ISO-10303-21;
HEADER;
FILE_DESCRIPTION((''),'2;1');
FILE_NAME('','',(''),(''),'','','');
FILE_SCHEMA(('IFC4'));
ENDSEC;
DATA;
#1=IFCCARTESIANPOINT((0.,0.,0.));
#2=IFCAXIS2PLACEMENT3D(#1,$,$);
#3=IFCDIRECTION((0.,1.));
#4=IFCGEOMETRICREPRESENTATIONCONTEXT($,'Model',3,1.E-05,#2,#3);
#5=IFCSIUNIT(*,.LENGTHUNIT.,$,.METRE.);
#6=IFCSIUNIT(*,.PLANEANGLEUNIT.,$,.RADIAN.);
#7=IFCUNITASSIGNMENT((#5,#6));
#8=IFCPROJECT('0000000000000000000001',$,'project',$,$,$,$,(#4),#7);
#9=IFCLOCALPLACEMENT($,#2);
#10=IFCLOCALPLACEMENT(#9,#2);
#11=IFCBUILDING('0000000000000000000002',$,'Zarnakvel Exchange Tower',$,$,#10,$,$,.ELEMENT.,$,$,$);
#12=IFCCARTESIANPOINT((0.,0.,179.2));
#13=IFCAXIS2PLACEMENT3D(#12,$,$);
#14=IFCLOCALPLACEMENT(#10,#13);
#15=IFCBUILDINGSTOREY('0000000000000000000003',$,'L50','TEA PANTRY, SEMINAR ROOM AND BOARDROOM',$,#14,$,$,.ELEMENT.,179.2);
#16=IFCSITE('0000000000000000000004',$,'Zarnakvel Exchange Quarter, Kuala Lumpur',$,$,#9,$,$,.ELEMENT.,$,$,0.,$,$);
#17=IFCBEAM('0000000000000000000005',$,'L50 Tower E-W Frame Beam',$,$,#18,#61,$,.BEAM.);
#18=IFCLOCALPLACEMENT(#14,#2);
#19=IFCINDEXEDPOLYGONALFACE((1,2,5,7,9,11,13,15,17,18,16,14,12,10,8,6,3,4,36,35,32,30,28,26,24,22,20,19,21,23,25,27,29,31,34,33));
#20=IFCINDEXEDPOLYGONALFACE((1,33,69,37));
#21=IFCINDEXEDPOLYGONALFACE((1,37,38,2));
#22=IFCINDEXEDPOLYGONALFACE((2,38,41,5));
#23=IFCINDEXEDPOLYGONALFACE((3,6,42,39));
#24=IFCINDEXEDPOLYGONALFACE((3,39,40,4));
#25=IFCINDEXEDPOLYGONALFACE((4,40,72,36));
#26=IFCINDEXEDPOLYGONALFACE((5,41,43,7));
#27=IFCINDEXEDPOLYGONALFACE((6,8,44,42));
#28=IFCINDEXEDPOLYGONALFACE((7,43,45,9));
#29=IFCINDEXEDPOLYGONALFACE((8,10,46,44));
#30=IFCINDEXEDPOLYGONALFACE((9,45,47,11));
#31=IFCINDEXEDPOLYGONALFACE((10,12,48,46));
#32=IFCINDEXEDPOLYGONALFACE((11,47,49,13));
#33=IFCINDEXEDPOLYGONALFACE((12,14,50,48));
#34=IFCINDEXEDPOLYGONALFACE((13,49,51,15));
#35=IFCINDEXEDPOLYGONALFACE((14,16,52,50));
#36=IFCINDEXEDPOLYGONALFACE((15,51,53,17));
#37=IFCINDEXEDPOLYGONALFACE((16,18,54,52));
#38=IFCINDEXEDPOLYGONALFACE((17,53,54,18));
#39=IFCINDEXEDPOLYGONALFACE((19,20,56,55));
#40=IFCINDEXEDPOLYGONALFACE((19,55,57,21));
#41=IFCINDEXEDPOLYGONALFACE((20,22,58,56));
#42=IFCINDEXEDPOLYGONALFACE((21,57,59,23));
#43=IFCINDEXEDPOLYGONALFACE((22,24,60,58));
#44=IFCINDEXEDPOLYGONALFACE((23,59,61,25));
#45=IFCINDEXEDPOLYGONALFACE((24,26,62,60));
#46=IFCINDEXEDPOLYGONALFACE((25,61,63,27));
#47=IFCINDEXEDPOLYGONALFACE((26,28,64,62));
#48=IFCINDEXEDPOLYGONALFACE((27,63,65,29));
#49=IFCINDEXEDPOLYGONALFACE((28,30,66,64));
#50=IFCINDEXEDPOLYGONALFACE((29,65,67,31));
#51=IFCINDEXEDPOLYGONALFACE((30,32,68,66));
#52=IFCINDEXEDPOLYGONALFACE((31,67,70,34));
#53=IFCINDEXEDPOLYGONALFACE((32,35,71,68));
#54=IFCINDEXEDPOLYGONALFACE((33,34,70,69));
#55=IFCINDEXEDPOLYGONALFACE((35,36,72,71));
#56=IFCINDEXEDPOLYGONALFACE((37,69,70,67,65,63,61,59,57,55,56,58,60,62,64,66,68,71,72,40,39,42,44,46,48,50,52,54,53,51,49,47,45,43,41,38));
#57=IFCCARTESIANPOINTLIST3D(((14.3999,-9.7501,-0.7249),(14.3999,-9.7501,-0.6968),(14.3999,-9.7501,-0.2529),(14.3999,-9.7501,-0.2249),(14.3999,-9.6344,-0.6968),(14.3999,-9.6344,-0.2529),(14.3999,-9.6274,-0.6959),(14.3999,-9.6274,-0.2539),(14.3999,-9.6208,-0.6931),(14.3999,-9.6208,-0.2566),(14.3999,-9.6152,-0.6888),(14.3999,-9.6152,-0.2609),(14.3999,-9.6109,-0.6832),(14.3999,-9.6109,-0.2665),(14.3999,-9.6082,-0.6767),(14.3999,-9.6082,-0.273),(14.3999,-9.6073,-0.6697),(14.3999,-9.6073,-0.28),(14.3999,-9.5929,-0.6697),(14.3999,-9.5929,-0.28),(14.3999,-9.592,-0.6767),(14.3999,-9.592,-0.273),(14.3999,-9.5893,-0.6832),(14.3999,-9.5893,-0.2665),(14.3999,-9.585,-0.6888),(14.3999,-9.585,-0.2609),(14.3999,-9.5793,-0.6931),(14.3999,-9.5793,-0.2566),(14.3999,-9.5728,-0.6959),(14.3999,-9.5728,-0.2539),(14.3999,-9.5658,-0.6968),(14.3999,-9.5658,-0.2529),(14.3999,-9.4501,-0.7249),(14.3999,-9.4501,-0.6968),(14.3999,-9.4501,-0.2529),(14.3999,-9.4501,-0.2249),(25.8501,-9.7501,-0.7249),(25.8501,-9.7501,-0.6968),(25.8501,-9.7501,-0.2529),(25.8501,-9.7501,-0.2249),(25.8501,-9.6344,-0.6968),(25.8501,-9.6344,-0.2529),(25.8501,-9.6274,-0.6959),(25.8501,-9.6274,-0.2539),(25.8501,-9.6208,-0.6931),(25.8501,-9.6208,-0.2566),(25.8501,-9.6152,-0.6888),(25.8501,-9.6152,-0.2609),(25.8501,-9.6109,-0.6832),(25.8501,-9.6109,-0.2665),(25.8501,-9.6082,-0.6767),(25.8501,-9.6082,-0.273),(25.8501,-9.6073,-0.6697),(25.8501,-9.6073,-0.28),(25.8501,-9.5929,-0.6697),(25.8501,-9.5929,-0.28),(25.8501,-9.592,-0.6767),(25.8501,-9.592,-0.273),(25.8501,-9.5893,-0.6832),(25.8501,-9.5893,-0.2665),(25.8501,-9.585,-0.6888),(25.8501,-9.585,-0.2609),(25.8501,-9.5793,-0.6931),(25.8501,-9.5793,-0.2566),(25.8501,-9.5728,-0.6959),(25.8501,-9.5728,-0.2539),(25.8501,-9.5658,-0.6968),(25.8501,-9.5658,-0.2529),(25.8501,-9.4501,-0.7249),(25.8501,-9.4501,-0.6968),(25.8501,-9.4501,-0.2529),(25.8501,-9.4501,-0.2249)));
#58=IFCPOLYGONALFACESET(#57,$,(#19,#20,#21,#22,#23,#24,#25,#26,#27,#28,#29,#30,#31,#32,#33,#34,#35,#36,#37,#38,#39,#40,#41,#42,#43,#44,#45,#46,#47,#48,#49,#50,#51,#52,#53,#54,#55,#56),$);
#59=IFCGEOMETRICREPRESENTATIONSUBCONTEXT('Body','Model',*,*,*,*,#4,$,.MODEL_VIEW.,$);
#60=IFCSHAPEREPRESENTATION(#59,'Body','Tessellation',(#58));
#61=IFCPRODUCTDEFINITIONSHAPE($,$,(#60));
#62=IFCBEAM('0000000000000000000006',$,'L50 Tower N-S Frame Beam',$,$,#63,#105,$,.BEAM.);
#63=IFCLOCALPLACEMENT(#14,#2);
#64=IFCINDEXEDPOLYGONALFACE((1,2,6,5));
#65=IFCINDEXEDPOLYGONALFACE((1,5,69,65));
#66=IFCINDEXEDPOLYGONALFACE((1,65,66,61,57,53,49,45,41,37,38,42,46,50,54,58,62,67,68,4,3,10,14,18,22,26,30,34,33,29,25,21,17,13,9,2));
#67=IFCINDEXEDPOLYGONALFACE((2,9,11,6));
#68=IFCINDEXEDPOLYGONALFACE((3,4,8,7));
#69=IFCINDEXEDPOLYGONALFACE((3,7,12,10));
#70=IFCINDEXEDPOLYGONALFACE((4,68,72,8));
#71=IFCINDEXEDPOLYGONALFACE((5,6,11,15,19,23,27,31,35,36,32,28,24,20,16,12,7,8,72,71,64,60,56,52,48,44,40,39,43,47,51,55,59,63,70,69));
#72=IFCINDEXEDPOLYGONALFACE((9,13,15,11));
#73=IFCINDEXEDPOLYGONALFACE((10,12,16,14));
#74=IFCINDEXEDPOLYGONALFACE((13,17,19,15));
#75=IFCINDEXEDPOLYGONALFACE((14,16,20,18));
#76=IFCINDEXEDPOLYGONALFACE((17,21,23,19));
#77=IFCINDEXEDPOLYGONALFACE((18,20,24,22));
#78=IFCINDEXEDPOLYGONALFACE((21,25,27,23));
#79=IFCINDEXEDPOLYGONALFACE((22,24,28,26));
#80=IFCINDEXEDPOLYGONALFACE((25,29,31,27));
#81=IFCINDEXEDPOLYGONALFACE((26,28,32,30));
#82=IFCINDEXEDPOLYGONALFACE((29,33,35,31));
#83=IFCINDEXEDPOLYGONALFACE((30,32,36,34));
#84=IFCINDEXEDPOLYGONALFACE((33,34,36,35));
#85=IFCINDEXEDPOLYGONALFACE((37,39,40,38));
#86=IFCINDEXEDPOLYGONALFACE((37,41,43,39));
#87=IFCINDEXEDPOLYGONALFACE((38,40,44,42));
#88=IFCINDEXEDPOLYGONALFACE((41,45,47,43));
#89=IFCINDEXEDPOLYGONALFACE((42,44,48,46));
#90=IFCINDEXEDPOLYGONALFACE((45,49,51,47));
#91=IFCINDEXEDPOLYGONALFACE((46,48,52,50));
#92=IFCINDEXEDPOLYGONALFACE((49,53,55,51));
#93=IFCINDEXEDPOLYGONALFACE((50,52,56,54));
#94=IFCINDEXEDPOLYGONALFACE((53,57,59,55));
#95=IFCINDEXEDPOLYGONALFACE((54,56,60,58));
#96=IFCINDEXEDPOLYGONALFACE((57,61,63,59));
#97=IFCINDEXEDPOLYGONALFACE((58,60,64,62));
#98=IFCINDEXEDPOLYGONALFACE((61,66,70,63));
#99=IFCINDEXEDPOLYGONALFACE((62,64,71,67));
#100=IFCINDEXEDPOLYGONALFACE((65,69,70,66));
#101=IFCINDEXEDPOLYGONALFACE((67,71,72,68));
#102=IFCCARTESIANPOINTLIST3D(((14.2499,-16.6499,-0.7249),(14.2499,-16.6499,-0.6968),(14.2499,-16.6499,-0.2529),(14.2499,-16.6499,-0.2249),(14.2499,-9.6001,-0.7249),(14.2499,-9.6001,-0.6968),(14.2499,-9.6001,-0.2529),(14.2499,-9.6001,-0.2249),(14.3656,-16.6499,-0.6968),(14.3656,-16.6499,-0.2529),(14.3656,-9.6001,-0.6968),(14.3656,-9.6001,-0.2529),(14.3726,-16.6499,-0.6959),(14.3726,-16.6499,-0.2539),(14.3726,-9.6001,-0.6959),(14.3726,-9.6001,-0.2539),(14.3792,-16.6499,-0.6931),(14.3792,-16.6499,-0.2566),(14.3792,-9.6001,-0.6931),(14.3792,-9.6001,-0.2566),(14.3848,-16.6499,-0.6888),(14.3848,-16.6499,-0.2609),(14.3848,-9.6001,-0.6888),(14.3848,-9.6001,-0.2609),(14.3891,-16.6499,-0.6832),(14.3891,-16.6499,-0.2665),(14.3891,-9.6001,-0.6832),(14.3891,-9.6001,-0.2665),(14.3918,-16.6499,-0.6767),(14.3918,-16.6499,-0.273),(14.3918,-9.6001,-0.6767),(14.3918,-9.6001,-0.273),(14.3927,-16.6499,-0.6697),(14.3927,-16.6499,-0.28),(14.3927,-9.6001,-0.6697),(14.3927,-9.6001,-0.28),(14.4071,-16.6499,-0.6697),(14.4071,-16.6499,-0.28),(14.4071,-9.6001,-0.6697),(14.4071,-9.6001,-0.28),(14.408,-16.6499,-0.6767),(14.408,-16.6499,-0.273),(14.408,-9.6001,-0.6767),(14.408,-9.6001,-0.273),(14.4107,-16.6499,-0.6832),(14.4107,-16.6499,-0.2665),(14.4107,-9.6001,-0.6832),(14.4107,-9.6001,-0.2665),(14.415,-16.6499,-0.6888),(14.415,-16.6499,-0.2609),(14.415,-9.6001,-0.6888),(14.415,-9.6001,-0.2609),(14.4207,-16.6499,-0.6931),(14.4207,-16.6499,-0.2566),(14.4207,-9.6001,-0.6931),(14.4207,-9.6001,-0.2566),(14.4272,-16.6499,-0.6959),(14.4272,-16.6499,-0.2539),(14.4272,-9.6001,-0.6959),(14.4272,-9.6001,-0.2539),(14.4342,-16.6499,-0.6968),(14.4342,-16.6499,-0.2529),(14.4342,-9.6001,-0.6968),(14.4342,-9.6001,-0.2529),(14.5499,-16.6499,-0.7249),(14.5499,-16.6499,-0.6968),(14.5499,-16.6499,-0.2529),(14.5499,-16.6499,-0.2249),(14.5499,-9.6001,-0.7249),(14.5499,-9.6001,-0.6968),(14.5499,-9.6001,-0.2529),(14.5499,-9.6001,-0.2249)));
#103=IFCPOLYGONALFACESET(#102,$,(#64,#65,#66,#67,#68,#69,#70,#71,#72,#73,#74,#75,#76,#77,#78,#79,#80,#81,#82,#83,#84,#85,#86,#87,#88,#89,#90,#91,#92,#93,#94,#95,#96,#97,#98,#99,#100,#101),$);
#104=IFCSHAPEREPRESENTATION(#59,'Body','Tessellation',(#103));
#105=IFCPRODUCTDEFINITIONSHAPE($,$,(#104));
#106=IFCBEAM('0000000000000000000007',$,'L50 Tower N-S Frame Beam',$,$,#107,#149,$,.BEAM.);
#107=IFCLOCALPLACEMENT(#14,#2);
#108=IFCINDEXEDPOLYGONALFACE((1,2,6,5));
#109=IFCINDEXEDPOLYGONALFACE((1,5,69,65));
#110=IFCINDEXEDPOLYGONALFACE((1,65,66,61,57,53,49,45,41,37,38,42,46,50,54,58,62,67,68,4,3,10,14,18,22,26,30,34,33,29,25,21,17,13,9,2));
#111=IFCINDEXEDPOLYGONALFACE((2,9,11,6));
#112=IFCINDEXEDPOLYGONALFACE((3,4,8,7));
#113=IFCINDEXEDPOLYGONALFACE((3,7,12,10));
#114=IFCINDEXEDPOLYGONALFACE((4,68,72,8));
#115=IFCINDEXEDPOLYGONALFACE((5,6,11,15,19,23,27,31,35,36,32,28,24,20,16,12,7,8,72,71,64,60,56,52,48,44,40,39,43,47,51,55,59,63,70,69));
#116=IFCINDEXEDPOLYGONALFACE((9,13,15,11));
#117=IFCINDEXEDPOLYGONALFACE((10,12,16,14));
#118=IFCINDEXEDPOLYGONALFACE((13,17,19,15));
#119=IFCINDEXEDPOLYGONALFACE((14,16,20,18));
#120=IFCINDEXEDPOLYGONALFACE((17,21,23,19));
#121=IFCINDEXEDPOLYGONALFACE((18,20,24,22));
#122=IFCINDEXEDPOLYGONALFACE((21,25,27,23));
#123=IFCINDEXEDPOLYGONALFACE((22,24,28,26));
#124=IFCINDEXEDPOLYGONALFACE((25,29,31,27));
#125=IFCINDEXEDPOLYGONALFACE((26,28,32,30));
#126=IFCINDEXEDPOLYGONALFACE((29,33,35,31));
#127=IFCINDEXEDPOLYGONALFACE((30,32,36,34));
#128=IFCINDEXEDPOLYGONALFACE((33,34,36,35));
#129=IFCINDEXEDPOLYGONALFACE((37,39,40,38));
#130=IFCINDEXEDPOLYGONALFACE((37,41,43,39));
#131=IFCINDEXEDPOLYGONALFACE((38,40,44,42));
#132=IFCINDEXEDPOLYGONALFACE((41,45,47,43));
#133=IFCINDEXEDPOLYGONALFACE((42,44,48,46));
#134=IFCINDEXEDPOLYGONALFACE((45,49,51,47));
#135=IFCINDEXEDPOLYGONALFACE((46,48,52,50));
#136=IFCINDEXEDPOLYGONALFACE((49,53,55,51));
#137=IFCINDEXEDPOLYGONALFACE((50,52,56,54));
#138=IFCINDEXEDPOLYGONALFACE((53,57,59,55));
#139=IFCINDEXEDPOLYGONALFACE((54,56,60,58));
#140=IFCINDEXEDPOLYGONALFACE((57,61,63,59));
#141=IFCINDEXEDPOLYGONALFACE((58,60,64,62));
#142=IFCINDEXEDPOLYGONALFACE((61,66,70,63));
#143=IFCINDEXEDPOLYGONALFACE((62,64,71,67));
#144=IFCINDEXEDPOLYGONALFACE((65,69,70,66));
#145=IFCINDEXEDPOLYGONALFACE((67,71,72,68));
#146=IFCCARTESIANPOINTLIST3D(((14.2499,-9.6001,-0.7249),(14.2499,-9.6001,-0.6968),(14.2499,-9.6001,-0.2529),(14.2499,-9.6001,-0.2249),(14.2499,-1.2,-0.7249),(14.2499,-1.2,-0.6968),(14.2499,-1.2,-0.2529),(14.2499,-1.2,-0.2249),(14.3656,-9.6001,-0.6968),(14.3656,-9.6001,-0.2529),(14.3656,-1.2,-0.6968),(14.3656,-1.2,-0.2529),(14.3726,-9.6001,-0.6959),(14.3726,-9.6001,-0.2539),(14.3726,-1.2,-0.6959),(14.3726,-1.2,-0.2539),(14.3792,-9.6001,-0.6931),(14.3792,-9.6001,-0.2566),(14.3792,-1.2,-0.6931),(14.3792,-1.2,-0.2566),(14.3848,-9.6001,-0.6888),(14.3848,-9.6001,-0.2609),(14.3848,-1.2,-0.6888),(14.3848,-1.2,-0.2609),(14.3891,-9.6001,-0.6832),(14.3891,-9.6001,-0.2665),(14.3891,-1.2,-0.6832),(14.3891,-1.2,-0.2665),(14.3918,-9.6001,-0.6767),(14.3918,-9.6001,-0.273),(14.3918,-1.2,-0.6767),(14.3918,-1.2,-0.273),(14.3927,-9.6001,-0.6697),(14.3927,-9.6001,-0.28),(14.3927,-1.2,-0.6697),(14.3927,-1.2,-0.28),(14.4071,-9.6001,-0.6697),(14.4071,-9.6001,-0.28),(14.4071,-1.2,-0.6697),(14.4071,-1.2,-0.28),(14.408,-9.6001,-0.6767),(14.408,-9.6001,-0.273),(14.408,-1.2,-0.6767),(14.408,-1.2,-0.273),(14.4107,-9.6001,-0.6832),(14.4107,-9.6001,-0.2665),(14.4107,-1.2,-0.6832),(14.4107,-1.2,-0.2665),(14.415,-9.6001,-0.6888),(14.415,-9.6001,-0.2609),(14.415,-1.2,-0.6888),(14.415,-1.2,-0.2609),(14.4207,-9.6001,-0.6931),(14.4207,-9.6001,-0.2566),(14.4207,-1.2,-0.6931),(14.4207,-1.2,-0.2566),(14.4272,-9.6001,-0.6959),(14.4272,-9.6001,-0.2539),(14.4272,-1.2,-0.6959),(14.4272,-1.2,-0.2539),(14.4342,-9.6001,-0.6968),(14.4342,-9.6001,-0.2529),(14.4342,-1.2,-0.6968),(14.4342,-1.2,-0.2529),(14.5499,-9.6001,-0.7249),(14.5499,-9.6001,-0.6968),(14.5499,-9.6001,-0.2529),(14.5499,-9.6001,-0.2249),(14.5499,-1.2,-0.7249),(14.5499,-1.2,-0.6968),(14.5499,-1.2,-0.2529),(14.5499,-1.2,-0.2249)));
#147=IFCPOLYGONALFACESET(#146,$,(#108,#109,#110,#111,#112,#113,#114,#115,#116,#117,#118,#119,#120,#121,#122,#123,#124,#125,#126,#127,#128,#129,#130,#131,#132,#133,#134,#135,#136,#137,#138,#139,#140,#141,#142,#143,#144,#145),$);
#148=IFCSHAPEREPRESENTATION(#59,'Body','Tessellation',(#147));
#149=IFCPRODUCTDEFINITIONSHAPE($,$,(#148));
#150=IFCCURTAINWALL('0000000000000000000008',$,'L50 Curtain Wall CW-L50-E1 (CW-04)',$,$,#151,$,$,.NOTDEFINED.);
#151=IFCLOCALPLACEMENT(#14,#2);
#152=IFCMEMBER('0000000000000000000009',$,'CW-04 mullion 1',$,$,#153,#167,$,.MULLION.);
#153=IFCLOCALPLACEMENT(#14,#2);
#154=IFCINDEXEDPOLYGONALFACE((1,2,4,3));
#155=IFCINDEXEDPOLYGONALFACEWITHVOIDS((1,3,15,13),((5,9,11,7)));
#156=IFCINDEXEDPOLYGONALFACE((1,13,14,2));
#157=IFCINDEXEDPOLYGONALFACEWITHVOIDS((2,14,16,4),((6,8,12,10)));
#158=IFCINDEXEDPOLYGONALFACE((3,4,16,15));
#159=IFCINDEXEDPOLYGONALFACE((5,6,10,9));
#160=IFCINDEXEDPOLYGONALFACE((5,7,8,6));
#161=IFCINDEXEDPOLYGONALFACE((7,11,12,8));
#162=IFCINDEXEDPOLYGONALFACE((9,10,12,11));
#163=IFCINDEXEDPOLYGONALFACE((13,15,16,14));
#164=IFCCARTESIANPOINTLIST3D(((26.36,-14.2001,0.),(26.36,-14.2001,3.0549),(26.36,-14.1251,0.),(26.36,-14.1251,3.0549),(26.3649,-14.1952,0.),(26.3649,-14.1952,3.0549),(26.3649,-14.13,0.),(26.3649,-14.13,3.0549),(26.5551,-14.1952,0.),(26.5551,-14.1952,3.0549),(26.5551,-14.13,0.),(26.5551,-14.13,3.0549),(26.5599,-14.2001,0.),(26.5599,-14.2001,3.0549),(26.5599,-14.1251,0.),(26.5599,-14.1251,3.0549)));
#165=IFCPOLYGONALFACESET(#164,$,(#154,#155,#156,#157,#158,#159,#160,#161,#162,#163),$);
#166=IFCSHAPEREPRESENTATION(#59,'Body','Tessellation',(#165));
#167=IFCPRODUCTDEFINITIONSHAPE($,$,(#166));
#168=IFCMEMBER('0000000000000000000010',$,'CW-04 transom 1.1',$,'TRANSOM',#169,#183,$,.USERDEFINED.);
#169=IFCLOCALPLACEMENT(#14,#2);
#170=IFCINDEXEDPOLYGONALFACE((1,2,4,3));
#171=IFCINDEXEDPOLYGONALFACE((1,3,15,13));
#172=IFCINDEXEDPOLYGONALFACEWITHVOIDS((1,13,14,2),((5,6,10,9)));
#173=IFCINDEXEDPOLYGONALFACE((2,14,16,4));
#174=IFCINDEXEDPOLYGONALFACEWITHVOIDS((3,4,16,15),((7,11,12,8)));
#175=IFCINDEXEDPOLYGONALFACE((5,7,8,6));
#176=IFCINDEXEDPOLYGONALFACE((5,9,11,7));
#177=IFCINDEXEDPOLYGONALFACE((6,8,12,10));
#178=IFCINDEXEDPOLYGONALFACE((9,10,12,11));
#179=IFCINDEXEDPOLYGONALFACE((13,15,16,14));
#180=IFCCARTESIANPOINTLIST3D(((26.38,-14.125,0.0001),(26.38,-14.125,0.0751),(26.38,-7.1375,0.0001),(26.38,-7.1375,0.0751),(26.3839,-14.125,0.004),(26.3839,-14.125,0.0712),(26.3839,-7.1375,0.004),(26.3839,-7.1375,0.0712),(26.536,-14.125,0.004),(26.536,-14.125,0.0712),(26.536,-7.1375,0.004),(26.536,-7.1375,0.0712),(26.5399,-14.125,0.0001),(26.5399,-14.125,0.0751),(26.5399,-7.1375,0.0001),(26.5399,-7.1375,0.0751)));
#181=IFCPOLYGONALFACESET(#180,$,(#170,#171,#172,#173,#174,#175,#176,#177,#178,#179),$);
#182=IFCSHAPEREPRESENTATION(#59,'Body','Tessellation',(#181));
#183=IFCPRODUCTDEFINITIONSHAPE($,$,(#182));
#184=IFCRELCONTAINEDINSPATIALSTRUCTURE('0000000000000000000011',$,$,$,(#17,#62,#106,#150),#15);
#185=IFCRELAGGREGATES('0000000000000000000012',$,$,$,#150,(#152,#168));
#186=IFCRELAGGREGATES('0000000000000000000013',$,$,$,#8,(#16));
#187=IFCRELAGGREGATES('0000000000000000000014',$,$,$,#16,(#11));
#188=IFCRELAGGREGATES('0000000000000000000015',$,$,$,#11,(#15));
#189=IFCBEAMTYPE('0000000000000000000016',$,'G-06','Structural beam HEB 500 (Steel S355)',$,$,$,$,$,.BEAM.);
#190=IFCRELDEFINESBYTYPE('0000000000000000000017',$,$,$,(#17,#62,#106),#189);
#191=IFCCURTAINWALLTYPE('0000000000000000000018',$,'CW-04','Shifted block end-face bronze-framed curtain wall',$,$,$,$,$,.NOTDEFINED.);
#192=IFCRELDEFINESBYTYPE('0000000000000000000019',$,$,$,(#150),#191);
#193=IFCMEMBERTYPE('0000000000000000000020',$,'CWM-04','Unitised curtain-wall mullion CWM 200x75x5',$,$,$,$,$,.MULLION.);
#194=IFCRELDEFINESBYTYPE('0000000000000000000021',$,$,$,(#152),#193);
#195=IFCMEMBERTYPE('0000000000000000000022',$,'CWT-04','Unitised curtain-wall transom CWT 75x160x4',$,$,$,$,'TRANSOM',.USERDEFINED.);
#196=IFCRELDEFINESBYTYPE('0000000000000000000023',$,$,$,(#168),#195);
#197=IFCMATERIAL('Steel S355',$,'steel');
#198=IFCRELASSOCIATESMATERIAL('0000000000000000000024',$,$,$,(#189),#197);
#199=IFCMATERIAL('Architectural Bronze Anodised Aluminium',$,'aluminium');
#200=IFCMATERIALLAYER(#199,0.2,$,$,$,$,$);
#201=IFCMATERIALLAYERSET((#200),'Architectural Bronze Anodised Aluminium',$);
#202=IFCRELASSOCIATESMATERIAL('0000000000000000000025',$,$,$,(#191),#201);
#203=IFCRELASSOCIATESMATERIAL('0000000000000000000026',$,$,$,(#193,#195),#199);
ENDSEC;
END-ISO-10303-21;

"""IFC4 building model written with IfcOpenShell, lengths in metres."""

from ifc_helpers import new_model, si_unit, direction, frame, origin, origin_2d, place, context, subcontext, project, spatial, hollow_rectangle, i_section, extrude, source, transform, mapped, material, layer, layer_set, material_profile, profile_set, type_object, element, aggregate, save


model = new_model("IFC4")

# Units and contexts
model_context = context("Model", 3, precision=1e-05, world=origin(), true_north=direction((0.0, 1.0)))
body_context = subcontext(model_context, "Body", "Model", "MODEL_VIEW")
ifc_project = project(units=[si_unit("LENGTHUNIT", "METRE"), si_unit("PLANEANGLEUNIT", "RADIAN")], contexts=[model_context])

# Site, building, storey
site_placement = place(None, origin())
site = spatial("IfcSite", under=ifc_project, at=site_placement, Name="Zarnakvel Exchange Quarter, Kuala Lumpur", CompositionType="ELEMENT", RefElevation=0.0)
building_placement = place(site_placement, origin())
building = spatial("IfcBuilding", under=site, at=building_placement, Name="Zarnakvel Exchange Tower", CompositionType="ELEMENT")
storey_placement = place(building_placement, frame((0.0, 0.0, 179.2)))
storey = spatial("IfcBuildingStorey", under=building, at=storey_placement, Name="L50", Description="TEA PANTRY, SEMINAR ROOM AND BOARDROOM", CompositionType="ELEMENT", Elevation=179.2)

# Beams
ifc_material_1 = material(Name="Steel S355", Category="steel")
ifc_material_profile_1 = material_profile(ifc_material_1, i_section(OverallWidth=0.3, OverallDepth=0.5, WebThickness=0.0144, FlangeThickness=0.0281, FilletRadius=0.0271, at=origin_2d()))
ifc_profile_set_1 = profile_set([ifc_material_profile_1], Name="Steel S355")
beam_type_1 = type_object("IfcBeamType", Name="G-06", Description="Structural beam HEB 500 (Steel S355)", PredefinedType="BEAM", material=ifc_profile_set_1)
beam_1_placement = place(storey_placement, frame((14.3999, -9.6001, -0.4749), z_axis=(1.0, 0.0, 0.0), x_axis=(0.0, 1.0, 0.0)))
element("IfcBeam", 1, at=beam_1_placement, inside=storey, type_object=beam_type_1, Name="L50 Tower E-W Frame Beam", PredefinedType="BEAM", context=body_context, shape_type="SweptSolid", body=[
    extrude(i_section(OverallWidth=0.3, OverallDepth=0.5, WebThickness=0.0144, FlangeThickness=0.0281, FilletRadius=0.0271, at=origin_2d()), origin(), (0.0, 0.0, 1.0), 11.4502),
])
beam_2_placement = place(storey_placement, frame((14.3999, -16.6499, -0.4749), z_axis=(0.0, 1.0, 0.0), x_axis=(-1.0, 0.0, 0.0)))
element("IfcBeam", 2, at=beam_2_placement, inside=storey, type_object=beam_type_1, Name="L50 Tower N-S Frame Beam", PredefinedType="BEAM", context=body_context, shape_type="SweptSolid", body=[
    extrude(i_section(OverallWidth=0.3, OverallDepth=0.5, WebThickness=0.0144, FlangeThickness=0.0281, FilletRadius=0.0271, at=origin_2d()), origin(), (0.0, 0.0, 1.0), 7.0498),
])
beam_3_placement = place(storey_placement, frame((14.3999, -9.6001, -0.4749), z_axis=(0.0, 1.0, 0.0), x_axis=(-1.0, 0.0, 0.0)))
element("IfcBeam", 3, at=beam_3_placement, inside=storey, type_object=beam_type_1, Name="L50 Tower N-S Frame Beam", PredefinedType="BEAM", context=body_context, shape_type="SweptSolid", body=[
    extrude(i_section(OverallWidth=0.3, OverallDepth=0.5, WebThickness=0.0144, FlangeThickness=0.0281, FilletRadius=0.0271, at=origin_2d()), origin(), (0.0, 0.0, 1.0), 8.4001),
])

# Curtain wall, members
ifc_material_2 = material(Name="Architectural Bronze Anodised Aluminium", Category="aluminium")
ifc_layer_1 = layer(ifc_material_2, 0.2)
ifc_layer_set_1 = layer_set([ifc_layer_1], Name="Architectural Bronze Anodised Aluminium")
curtain_wall_type = type_object("IfcCurtainWallType", Name="CW-04", Description="Shifted block end-face bronze-framed curtain wall", PredefinedType="NOTDEFINED", material=ifc_layer_set_1)
curtain_wall_placement = place(storey_placement, origin())
curtain_wall = element("IfcCurtainWall", 4, at=curtain_wall_placement, inside=storey, type_object=curtain_wall_type, Name="L50 Curtain Wall CW-L50-E1 (CW-04)", PredefinedType="NOTDEFINED")
ifc_material_profile_2 = material_profile(ifc_material_2, hollow_rectangle(XDim=0.2, YDim=0.075, WallThickness=0.0049, at=origin_2d()))
ifc_profile_set_2 = profile_set([ifc_material_profile_2], Name="Architectural Bronze Anodised Aluminium")
member_type_1 = type_object("IfcMemberType", Name="CWM-04", Description="Unitised curtain-wall mullion CWM 200x75x5", PredefinedType="MULLION", material=ifc_profile_set_2)
shared_shape_1 = source(origin(), body_context, "Body", "SweptSolid", [
    extrude(hollow_rectangle(XDim=0.2, YDim=0.075, WallThickness=0.0049, at=origin_2d()), origin(), (0.0, 0.0, 1.0), 3.0549),
])
member_1_placement = place(storey_placement, frame((26.46, -14.1626, 0.0), z_axis=(0.0, 0.0, 1.0), x_axis=(-1.0, 0.0, 0.0)))
member_1 = element("IfcMember", 5, at=member_1_placement, type_object=member_type_1, Name="CW-04 mullion 1", PredefinedType="MULLION", context=body_context, shape_type="MappedRepresentation", body=[
    mapped(shared_shape_1, transform((0.0, 0.0, 0.0), x_axis=(1.0, 0.0, 0.0), y_axis=(0.0, 1.0, 0.0), z_axis=(0.0, 0.0, 1.0), scale=1.0)),
])
ifc_material_profile_3 = material_profile(ifc_material_2, hollow_rectangle(XDim=0.1599, YDim=0.075, WallThickness=0.0039, at=origin_2d()))
ifc_profile_set_3 = profile_set([ifc_material_profile_3], Name="Architectural Bronze Anodised Aluminium")
member_type_2 = type_object("IfcMemberType", Name="CWT-04", Description="Unitised curtain-wall transom CWT 75x160x4", ElementType="TRANSOM", PredefinedType="USERDEFINED", material=ifc_profile_set_3)
shared_shape_2 = source(origin(), body_context, "Body", "SweptSolid", [
    extrude(hollow_rectangle(XDim=0.1599, YDim=0.075, WallThickness=0.0039, at=origin_2d()), origin(), (0.0, 0.0, 1.0), 6.9875),
])
member_2_placement = place(storey_placement, frame((26.46, -14.125, 0.0376), z_axis=(0.0, 1.0, 0.0), x_axis=(-1.0, 0.0, 0.0)))
member_2 = element("IfcMember", 6, at=member_2_placement, type_object=member_type_2, Name="CW-04 transom 1.1", ObjectType="TRANSOM", PredefinedType="USERDEFINED", context=body_context, shape_type="MappedRepresentation", body=[
    mapped(shared_shape_2, transform((0.0, 0.0, 0.0), x_axis=(1.0, 0.0, 0.0), y_axis=(0.0, 1.0, 0.0), z_axis=(0.0, 0.0, 1.0), scale=1.0)),
])
aggregate(curtain_wall, [member_1, member_2])

save(model, "model.ifc")
